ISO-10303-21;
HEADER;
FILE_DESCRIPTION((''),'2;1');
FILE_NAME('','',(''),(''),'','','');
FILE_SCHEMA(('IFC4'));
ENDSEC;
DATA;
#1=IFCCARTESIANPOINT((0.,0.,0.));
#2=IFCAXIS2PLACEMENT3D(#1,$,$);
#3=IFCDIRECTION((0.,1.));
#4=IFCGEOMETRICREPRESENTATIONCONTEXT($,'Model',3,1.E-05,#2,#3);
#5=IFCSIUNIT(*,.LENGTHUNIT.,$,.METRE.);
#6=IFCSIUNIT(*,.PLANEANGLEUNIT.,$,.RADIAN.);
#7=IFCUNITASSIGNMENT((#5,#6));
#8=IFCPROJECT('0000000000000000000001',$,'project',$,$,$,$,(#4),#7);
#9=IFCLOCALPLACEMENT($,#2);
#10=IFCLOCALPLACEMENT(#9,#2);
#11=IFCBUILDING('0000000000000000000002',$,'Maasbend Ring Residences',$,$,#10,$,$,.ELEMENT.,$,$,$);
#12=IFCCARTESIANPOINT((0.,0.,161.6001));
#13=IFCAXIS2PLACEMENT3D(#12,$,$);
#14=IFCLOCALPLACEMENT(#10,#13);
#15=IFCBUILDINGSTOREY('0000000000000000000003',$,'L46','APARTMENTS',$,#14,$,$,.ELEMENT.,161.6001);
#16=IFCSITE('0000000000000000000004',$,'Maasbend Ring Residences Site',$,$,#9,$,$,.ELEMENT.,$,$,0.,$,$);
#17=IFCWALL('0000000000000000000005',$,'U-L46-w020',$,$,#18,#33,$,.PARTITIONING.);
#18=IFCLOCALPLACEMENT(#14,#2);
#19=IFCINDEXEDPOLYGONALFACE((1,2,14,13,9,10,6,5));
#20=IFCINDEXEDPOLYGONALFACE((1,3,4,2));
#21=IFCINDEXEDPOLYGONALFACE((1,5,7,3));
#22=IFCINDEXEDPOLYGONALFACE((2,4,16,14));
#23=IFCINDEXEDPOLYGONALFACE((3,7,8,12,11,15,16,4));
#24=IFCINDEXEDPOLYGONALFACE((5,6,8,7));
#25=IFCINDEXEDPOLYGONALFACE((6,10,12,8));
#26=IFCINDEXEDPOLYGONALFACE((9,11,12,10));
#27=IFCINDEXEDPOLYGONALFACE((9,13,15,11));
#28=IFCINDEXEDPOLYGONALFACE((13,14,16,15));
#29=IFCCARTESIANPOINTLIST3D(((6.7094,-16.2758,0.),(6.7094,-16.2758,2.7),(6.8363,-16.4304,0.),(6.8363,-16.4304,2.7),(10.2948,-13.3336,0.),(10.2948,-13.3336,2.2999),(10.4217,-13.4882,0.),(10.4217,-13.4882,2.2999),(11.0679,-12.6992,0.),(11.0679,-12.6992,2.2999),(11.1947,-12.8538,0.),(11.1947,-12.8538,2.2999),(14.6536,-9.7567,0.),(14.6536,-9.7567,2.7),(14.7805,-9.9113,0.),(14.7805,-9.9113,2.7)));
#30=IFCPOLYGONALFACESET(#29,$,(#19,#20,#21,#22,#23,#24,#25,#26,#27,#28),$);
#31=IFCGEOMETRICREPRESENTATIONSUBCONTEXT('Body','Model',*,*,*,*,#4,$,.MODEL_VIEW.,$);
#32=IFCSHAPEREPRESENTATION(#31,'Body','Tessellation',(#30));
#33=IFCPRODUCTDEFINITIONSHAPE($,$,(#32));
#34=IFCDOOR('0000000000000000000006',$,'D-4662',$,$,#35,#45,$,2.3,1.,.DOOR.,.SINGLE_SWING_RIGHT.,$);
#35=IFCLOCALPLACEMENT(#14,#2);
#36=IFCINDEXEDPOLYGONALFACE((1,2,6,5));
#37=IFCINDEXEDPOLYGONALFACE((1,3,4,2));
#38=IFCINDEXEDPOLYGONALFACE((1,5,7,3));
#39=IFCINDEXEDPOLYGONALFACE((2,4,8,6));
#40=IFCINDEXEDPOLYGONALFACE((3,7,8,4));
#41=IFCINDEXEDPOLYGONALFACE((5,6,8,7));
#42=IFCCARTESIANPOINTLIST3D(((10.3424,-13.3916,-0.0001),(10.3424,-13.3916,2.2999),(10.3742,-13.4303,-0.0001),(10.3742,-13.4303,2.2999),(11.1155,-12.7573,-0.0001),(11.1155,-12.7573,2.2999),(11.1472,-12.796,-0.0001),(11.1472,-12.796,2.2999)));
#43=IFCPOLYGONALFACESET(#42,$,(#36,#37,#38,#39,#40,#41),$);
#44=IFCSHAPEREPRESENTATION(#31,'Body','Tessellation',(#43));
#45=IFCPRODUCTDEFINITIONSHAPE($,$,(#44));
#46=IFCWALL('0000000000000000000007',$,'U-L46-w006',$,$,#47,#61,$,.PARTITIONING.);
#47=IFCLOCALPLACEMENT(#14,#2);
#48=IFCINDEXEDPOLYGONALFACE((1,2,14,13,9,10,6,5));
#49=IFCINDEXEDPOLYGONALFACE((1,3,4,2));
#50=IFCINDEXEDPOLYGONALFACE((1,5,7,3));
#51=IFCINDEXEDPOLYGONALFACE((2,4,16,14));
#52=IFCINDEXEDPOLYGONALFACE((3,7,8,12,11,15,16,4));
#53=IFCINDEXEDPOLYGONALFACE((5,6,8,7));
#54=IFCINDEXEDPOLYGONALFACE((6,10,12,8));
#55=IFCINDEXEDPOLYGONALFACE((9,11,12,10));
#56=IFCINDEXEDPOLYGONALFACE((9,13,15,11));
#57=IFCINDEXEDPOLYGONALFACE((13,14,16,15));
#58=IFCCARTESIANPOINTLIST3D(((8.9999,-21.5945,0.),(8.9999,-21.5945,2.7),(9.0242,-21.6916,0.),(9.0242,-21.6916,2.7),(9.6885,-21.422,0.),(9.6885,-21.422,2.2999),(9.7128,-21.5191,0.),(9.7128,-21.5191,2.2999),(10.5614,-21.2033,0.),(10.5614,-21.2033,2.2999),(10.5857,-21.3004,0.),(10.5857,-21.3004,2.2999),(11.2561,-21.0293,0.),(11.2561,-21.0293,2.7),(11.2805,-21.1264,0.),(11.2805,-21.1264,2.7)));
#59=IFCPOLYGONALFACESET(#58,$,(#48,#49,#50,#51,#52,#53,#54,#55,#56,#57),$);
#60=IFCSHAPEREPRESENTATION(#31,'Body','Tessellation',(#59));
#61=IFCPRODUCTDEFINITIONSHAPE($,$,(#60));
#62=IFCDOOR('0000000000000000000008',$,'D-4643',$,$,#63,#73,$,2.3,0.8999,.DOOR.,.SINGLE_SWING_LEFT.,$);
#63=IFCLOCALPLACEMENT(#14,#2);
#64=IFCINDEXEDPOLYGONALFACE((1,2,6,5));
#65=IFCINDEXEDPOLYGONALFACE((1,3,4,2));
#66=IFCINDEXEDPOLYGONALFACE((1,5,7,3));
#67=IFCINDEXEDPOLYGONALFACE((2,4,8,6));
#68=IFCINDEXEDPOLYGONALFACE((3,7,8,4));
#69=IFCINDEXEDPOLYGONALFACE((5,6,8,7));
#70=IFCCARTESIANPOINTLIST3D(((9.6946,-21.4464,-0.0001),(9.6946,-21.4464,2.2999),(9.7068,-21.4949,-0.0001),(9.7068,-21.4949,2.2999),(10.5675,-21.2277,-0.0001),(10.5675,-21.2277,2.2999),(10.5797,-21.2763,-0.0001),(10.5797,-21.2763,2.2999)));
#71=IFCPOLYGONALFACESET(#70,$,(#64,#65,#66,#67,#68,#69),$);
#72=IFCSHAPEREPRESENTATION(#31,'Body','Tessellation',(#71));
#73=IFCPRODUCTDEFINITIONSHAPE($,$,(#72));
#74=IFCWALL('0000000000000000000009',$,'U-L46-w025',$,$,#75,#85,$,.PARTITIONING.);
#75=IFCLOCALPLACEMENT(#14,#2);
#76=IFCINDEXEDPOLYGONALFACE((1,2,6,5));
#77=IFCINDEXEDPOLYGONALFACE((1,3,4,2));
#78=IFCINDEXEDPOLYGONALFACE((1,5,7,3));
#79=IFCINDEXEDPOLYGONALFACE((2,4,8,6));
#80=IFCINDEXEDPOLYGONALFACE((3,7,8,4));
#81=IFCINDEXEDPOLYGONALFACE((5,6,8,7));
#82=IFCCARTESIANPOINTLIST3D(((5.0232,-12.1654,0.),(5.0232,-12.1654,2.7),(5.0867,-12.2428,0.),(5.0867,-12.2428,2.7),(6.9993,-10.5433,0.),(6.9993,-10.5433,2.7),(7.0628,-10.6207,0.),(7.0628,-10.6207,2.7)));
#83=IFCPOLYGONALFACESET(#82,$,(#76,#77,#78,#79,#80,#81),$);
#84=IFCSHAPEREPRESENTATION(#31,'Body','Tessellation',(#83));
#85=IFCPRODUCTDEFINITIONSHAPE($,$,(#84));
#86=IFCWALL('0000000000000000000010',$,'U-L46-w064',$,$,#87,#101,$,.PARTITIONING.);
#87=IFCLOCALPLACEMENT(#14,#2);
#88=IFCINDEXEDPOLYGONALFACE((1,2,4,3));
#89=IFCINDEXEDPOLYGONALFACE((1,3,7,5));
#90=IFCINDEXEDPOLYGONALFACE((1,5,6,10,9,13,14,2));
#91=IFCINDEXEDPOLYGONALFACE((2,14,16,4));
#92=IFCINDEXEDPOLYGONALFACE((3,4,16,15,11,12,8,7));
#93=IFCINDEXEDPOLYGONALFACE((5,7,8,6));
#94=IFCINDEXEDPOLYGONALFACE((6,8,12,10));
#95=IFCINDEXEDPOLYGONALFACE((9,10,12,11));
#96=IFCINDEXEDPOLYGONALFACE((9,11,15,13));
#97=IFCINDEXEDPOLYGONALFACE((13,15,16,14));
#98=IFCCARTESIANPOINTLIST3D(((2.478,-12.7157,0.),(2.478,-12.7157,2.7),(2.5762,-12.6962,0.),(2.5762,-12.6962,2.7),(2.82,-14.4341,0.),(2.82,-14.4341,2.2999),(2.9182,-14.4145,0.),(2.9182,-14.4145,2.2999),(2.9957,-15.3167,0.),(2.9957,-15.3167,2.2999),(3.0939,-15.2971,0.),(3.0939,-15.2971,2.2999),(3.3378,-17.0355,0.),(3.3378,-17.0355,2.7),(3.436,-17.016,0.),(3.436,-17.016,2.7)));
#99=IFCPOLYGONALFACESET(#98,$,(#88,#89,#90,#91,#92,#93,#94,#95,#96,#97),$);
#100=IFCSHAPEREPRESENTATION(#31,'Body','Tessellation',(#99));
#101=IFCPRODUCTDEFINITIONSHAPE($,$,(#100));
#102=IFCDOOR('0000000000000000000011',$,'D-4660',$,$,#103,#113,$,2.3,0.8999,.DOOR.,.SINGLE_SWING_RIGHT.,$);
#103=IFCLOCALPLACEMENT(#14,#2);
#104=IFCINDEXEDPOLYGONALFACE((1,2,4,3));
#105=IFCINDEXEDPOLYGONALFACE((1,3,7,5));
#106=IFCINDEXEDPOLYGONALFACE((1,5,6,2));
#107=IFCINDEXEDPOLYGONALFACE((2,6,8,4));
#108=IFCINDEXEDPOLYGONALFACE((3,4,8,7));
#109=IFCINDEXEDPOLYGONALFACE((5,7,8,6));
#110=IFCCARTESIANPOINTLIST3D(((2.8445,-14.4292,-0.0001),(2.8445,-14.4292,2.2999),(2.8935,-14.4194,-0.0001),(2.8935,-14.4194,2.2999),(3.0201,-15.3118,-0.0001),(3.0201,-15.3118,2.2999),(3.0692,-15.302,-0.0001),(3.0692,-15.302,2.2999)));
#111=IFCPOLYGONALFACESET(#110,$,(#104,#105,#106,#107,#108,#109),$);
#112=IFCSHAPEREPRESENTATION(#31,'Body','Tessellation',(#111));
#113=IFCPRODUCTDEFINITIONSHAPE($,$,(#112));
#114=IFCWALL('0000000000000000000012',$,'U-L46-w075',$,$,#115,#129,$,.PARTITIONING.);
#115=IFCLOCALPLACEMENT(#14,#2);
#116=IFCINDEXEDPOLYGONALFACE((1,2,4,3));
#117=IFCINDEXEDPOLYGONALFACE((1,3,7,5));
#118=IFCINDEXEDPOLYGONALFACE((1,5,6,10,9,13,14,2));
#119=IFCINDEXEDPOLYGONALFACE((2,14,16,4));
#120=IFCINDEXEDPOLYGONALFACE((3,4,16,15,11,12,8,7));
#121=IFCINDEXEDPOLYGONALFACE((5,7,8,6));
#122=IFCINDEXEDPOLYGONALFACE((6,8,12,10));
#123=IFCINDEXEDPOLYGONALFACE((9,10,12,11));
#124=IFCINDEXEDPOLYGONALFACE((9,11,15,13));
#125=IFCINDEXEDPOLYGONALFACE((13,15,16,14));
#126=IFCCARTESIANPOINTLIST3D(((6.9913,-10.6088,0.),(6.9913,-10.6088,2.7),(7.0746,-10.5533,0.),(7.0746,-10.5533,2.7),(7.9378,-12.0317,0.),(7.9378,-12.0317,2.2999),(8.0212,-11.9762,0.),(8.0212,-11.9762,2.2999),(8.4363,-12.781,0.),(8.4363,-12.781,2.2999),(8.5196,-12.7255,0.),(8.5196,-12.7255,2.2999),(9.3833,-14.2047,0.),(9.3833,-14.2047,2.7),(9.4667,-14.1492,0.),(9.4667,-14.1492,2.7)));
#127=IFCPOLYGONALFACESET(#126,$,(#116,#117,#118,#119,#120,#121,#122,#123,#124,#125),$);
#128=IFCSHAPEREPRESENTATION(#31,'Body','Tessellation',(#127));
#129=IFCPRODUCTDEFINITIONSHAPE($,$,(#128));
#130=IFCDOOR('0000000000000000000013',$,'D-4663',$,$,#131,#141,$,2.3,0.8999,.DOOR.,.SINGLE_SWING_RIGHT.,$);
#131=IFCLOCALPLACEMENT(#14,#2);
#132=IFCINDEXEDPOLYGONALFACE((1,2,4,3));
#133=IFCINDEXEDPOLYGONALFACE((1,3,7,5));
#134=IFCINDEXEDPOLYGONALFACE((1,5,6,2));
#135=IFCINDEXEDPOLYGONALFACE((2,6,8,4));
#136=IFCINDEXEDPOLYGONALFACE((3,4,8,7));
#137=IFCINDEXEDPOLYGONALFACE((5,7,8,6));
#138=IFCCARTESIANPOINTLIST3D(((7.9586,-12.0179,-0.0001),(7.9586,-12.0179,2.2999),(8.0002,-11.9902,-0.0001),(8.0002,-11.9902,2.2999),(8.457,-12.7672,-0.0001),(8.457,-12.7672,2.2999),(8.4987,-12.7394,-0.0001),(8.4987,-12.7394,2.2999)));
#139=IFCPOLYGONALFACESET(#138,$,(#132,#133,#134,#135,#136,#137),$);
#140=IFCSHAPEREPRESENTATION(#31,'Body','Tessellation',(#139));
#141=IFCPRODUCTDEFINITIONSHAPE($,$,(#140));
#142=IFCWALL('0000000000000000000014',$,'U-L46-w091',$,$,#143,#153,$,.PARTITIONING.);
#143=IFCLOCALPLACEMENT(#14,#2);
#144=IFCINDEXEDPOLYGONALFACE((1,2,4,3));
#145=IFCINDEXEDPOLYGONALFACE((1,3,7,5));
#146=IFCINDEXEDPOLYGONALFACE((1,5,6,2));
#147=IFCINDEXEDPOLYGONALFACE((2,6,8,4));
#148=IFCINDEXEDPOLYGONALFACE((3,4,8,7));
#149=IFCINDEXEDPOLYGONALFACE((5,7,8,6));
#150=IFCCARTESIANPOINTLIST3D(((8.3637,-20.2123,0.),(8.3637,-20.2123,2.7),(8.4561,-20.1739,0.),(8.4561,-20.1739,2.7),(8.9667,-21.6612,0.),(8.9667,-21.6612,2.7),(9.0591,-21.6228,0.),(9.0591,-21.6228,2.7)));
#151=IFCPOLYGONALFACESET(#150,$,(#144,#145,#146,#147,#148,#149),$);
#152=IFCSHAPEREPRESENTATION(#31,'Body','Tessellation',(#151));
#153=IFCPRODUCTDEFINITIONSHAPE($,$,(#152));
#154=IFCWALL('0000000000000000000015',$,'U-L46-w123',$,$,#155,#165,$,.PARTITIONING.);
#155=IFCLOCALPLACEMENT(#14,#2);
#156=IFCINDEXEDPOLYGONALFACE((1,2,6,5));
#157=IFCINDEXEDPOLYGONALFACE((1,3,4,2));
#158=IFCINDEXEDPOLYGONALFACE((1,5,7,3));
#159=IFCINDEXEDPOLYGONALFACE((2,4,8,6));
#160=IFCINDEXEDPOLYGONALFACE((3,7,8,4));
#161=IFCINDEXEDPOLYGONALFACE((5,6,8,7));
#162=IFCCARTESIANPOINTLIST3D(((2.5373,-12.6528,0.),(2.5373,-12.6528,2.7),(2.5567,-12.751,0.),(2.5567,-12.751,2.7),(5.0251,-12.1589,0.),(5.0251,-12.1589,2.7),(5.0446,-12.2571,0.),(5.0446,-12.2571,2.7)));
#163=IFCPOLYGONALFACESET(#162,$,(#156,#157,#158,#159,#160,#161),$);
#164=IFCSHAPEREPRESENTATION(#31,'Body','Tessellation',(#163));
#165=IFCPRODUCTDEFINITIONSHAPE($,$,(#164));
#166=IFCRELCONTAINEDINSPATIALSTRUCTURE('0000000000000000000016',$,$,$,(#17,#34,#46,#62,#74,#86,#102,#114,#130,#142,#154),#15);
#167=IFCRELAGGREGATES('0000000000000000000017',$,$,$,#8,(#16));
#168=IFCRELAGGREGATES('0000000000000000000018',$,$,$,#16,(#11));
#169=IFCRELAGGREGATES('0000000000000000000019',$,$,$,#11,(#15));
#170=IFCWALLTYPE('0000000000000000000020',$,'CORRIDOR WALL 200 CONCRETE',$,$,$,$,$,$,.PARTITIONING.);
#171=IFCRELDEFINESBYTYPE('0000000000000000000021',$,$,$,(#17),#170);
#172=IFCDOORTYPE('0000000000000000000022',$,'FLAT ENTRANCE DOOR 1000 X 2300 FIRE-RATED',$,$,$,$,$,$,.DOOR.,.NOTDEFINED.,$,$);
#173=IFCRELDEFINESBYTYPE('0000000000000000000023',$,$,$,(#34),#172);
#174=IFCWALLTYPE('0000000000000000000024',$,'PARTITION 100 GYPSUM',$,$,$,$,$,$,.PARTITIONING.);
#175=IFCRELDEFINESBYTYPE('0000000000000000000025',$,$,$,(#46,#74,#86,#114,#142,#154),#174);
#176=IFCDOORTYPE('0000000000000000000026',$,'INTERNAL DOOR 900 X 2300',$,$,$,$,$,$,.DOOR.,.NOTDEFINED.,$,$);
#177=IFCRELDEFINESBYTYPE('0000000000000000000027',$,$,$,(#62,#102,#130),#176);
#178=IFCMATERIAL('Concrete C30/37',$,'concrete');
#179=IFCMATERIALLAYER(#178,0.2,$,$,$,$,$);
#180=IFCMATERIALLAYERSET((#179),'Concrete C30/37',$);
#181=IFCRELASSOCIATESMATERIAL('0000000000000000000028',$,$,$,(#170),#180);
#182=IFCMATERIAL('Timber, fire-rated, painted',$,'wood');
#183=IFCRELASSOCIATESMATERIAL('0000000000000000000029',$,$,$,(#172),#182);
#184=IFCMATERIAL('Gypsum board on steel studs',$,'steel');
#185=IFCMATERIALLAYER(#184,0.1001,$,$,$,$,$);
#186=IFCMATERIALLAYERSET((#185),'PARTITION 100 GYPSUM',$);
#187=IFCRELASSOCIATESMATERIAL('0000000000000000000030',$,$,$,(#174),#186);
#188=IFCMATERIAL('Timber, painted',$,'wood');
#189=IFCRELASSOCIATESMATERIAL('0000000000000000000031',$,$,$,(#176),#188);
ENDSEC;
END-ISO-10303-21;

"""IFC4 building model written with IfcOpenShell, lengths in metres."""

from ifc_helpers import new_model, si_unit, direction, frame, frame_2d, origin, place, context, subcontext, project, spatial, rectangle, extrude, material, layer, layer_set, type_object, element, fill, save


model = new_model("IFC4")

# Units and contexts
model_context = context("Model", 3, precision=1e-05, world=origin(), true_north=direction((0.0, 1.0)))
body_context = subcontext(model_context, "Body", "Model", "MODEL_VIEW")
ifc_project = project(units=[si_unit("LENGTHUNIT", "METRE"), si_unit("PLANEANGLEUNIT", "RADIAN")], contexts=[model_context])

# Site, building, storey
site_placement = place(None, origin())
site = spatial("IfcSite", under=ifc_project, at=site_placement, Name="Maasbend Ring Residences Site", CompositionType="ELEMENT", RefElevation=0.0)
building_placement = place(site_placement, origin())
building = spatial("IfcBuilding", under=site, at=building_placement, Name="Maasbend Ring Residences", CompositionType="ELEMENT")
storey_placement = place(building_placement, frame((0.0, 0.0, 161.6001)))
storey = spatial("IfcBuildingStorey", under=building, at=storey_placement, Name="L46", Description="APARTMENTS", CompositionType="ELEMENT", Elevation=161.6001)

# Walls, openings, doors
ifc_material_1 = material(Name="Concrete C30/37", Category="concrete")
ifc_layer_1 = layer(ifc_material_1, 0.2)
ifc_layer_set_1 = layer_set([ifc_layer_1], Name="Concrete C30/37")
wall_type_1 = type_object("IfcWallType", Name="CORRIDOR WALL 200 CONCRETE", PredefinedType="PARTITIONING", material=ifc_layer_set_1)
ifc_material_2 = material(Name="Timber, fire-rated, painted", Category="wood")
door_type_1 = type_object("IfcDoorType", Name="FLAT ENTRANCE DOOR 1000 X 2300 FIRE-RATED", OperationType="NOTDEFINED", PredefinedType="DOOR", material=ifc_material_2)
wall_1_placement = place(storey_placement, frame((6.7729, -16.353, 0.0), z_axis=(0.0, 0.0, 1.0), x_axis=(0.773035, 0.634364, 0.0)))
wall_1 = element("IfcWall", 1, at=wall_1_placement, inside=storey, type_object=wall_type_1, Name="U-L46-w020", PredefinedType="PARTITIONING", context=body_context, shape_type="SweptSolid", body=[
    extrude(rectangle(XDim=10.2766, YDim=0.2, at=frame_2d((5.1382, 0.0))), origin(), (0.0, 0.0, 1.0), 2.7),
])
opening_1_placement = place(wall_1_placement, frame((4.6379, 0.0, 0.0)))
opening_1 = element("IfcOpeningElement", 2, at=opening_1_placement, cuts=wall_1, PredefinedType="OPENING", context=body_context, shape_type="SweptSolid", body=[
    extrude(rectangle(XDim=1.0, YDim=2.3, at=frame_2d((0.5, 1.1499))), frame((0.0, 0.1099, 0.0), z_axis=(0.0, -1.0, 0.0), x_axis=(1.0, 0.0, 0.0)), (0.0, 0.0, 1.0), 0.22),
])
door_1_placement = place(opening_1_placement, origin())
door_1 = element("IfcDoor", 3, at=door_1_placement, inside=storey, type_object=door_type_1, Name="D-4662", OperationType="SINGLE_SWING_RIGHT", OverallHeight=2.3, OverallWidth=1.0, PredefinedType="DOOR", context=body_context, shape_type="SweptSolid", body=[
    extrude(rectangle(XDim=1.0, YDim=2.3, at=frame_2d((0.5, 1.1499))), frame((0.0, 0.0249, 0.0), z_axis=(0.0, -1.0, 0.0), x_axis=(1.0, 0.0, 0.0)), (0.0, 0.0, 1.0), 0.05),
])
fill(opening_1, door_1)
ifc_material_3 = material(Name="Gypsum board on steel studs", Category="steel")
ifc_layer_2 = layer(ifc_material_3, 0.1001)
ifc_layer_set_2 = layer_set([ifc_layer_2], Name="PARTITION 100 GYPSUM")
wall_type_2 = type_object("IfcWallType", Name="PARTITION 100 GYPSUM", PredefinedType="PARTITIONING", material=ifc_layer_set_2)
wall_2_placement = place(storey_placement, frame((9.012, -21.6431, 0.0), z_axis=(0.0, 0.0, 1.0), x_axis=(0.970025, 0.243005, 0.0)))
wall_2 = element("IfcWall", 4, at=wall_2_placement, inside=storey, type_object=wall_type_2, Name="U-L46-w006", PredefinedType="PARTITIONING", context=body_context, shape_type="SweptSolid", body=[
    extrude(rectangle(XDim=2.3259, YDim=0.1001, at=frame_2d((1.1631, 0.0))), origin(), (0.0, 0.0, 1.0), 2.7),
])
opening_2_placement = place(wall_2_placement, frame((0.71, 0.0, 0.0)))
opening_2 = element("IfcOpeningElement", 5, at=opening_2_placement, cuts=wall_2, PredefinedType="OPENING", context=body_context, shape_type="SweptSolid", body=[
    extrude(rectangle(XDim=0.8999, YDim=2.3, at=frame_2d((0.45, 1.1499))), frame((0.0, 0.0601, 0.0), z_axis=(0.0, -1.0, 0.0), x_axis=(1.0, 0.0, 0.0)), (0.0, 0.0, 1.0), 0.1201),
])
ifc_material_4 = material(Name="Timber, painted", Category="wood")
door_type_2 = type_object("IfcDoorType", Name="INTERNAL DOOR 900 X 2300", OperationType="NOTDEFINED", PredefinedType="DOOR", material=ifc_material_4)
door_2_placement = place(opening_2_placement, origin())
door_2 = element("IfcDoor", 6, at=door_2_placement, inside=storey, type_object=door_type_2, Name="D-4643", OperationType="SINGLE_SWING_LEFT", OverallHeight=2.3, OverallWidth=0.8999, PredefinedType="DOOR", context=body_context, shape_type="SweptSolid", body=[
    extrude(rectangle(XDim=0.8999, YDim=2.3, at=frame_2d((0.45, 1.1499))), frame((0.0, 0.0249, 0.0), z_axis=(0.0, -1.0, 0.0), x_axis=(1.0, 0.0, 0.0)), (0.0, 0.0, 1.0), 0.05),
])
fill(opening_2, door_2)

# Wall
wall_3_placement = place(storey_placement, frame((5.0549, -12.2041, 0.0), z_axis=(0.0, 0.0, 1.0), x_axis=(0.772944, 0.634475, 0.0)))
element("IfcWall", 7, at=wall_3_placement, inside=storey, type_object=wall_type_2, Name="U-L46-w025", PredefinedType="PARTITIONING", context=body_context, shape_type="SweptSolid", body=[
    extrude(rectangle(XDim=2.5566, YDim=0.1001, at=frame_2d((1.2783, 0.0))), origin(), (0.0, 0.0, 1.0), 2.7),
])

# Walls, openings, doors
wall_4_placement = place(storey_placement, frame((2.5271, -12.7061, 0.0), z_axis=(0.0, 0.0, 1.0), x_axis=(0.195221, -0.980759, 0.0)))
wall_4 = element("IfcWall", 8, at=wall_4_placement, inside=storey, type_object=wall_type_2, Name="U-L46-w064", PredefinedType="PARTITIONING", context=body_context, shape_type="SweptSolid", body=[
    extrude(rectangle(XDim=4.4045, YDim=0.1001, at=frame_2d((2.2021, 0.0))), origin(), (0.0, 0.0, 1.0), 2.7),
])
opening_3_placement = place(wall_4_placement, frame((1.752, 0.0, 0.0)))
opening_3 = element("IfcOpeningElement", 9, at=opening_3_placement, cuts=wall_4, PredefinedType="OPENING", context=body_context, shape_type="SweptSolid", body=[
    extrude(rectangle(XDim=0.8999, YDim=2.3, at=frame_2d((0.45, 1.1499))), frame((0.0, 0.0601, 0.0), z_axis=(0.0, -1.0, 0.0), x_axis=(1.0, 0.0, 0.0)), (0.0, 0.0, 1.0), 0.1201),
])
door_3_placement = place(opening_3_placement, origin())
door_3 = element("IfcDoor", 10, at=door_3_placement, inside=storey, type_object=door_type_2, Name="D-4660", OperationType="SINGLE_SWING_RIGHT", OverallHeight=2.3, OverallWidth=0.8999, PredefinedType="DOOR", context=body_context, shape_type="SweptSolid", body=[
    extrude(rectangle(XDim=0.8999, YDim=2.3, at=frame_2d((0.45, 1.1499))), frame((0.0, 0.0249, 0.0), z_axis=(0.0, -1.0, 0.0), x_axis=(1.0, 0.0, 0.0)), (0.0, 0.0, 1.0), 0.05),
])
fill(opening_3, door_3)
wall_5_placement = place(storey_placement, frame((7.033, -10.5811, 0.0), z_axis=(0.0, 0.0, 1.0), x_axis=(0.553865, -0.832606, 0.0)))
wall_5 = element("IfcWall", 11, at=wall_5_placement, inside=storey, type_object=wall_type_2, Name="U-L46-w075", PredefinedType="PARTITIONING", context=body_context, shape_type="SweptSolid", body=[
    extrude(rectangle(XDim=4.3188, YDim=0.1001, at=frame_2d((2.1594, 0.0))), origin(), (0.0, 0.0, 1.0), 2.7),
])
opening_4_placement = place(wall_5_placement, frame((1.709, 0.0, 0.0)))
opening_4 = element("IfcOpeningElement", 12, at=opening_4_placement, cuts=wall_5, PredefinedType="OPENING", context=body_context, shape_type="SweptSolid", body=[
    extrude(rectangle(XDim=0.8999, YDim=2.3, at=frame_2d((0.45, 1.1499))), frame((0.0, 0.0601, 0.0), z_axis=(0.0, -1.0, 0.0), x_axis=(1.0, 0.0, 0.0)), (0.0, 0.0, 1.0), 0.1201),
])
door_4_placement = place(opening_4_placement, origin())
door_4 = element("IfcDoor", 13, at=door_4_placement, inside=storey, type_object=door_type_2, Name="D-4663", OperationType="SINGLE_SWING_RIGHT", OverallHeight=2.3, OverallWidth=0.8999, PredefinedType="DOOR", context=body_context, shape_type="SweptSolid", body=[
    extrude(rectangle(XDim=0.8999, YDim=2.3, at=frame_2d((0.45, 1.1499))), frame((0.0, 0.0249, 0.0), z_axis=(0.0, -1.0, 0.0), x_axis=(1.0, 0.0, 0.0)), (0.0, 0.0, 1.0), 0.05),
])
fill(opening_4, door_4)

# Walls
wall_6_placement = place(storey_placement, frame((8.4099, -20.1931, 0.0), z_axis=(0.0, 0.0, 1.0), x_axis=(0.384229, -0.923238, 0.0)))
element("IfcWall", 14, at=wall_6_placement, inside=storey, type_object=wall_type_2, Name="U-L46-w091", PredefinedType="PARTITIONING", context=body_context, shape_type="SweptSolid", body=[
    extrude(rectangle(XDim=1.5693, YDim=0.1001, at=frame_2d((0.7847, 0.0))), origin(), (0.0, 0.0, 1.0), 2.7),
])
wall_7_placement = place(storey_placement, frame((2.5471, -12.7019, 0.0), z_axis=(0.0, 0.0, 1.0), x_axis=(0.980857, 0.194728, 0.0)))
element("IfcWall", 15, at=wall_7_placement, inside=storey, type_object=wall_type_2, Name="U-L46-w123", PredefinedType="PARTITIONING", context=body_context, shape_type="SweptSolid", body=[
    extrude(rectangle(XDim=2.5364, YDim=0.1001, at=frame_2d((1.2681, 0.0))), origin(), (0.0, 0.0, 1.0), 2.7),
])

save(model, "model.ifc")
